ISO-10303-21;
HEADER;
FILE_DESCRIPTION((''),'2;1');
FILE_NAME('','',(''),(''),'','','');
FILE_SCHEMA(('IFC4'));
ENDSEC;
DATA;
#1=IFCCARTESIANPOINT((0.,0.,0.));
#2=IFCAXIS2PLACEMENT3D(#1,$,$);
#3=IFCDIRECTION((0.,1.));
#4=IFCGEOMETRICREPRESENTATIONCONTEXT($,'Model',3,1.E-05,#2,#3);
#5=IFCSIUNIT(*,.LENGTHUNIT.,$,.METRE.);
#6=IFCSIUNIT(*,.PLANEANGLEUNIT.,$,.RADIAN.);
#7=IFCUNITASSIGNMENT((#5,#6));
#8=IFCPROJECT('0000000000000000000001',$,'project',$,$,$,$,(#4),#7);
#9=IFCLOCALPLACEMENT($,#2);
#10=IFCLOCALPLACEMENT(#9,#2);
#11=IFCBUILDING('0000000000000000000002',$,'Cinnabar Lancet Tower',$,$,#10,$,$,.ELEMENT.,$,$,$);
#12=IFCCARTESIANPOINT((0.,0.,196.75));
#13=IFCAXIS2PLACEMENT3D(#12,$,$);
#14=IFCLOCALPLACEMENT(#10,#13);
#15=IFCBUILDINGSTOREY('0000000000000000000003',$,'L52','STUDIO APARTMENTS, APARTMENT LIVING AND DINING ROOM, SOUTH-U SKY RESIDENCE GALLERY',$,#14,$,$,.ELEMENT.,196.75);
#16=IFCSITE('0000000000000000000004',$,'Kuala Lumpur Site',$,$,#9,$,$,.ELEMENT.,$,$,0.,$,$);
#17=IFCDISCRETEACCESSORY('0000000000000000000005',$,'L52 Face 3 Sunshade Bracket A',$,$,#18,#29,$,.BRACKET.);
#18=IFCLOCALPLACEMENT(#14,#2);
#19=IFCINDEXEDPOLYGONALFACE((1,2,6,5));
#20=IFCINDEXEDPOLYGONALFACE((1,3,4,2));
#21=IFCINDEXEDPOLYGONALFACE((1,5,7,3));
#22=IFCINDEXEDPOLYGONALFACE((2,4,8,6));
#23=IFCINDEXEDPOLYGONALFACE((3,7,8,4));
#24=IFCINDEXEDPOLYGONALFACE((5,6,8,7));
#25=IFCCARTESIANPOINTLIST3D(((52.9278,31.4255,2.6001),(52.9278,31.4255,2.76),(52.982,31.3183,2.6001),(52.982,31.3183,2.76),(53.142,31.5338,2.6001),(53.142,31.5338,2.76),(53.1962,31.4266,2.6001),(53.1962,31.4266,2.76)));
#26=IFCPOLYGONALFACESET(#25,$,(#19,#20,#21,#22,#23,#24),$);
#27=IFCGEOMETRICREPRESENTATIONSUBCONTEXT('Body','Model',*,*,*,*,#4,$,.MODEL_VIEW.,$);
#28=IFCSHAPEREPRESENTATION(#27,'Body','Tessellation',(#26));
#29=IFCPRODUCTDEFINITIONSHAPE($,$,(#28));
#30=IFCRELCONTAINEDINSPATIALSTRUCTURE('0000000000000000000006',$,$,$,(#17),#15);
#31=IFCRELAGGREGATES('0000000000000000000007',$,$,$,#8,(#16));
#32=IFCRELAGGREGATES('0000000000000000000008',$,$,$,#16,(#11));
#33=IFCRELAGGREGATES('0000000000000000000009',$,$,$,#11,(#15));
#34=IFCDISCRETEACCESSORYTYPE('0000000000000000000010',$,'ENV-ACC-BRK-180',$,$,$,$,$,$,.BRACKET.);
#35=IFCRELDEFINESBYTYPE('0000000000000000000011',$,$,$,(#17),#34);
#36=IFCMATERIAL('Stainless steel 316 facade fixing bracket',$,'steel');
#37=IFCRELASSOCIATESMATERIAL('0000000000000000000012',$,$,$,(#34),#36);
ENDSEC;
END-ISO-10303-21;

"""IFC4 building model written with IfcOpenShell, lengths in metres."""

from ifc_helpers import new_model, si_unit, direction, frame, origin, origin_2d, place, context, subcontext, project, spatial, rectangle, extrude, material, type_object, element, save


model = new_model("IFC4")

# Units and contexts
model_context = context("Model", 3, precision=1e-05, world=origin(), true_north=direction((0.0, 1.0)))
body_context = subcontext(model_context, "Body", "Model", "MODEL_VIEW")
ifc_project = project(units=[si_unit("LENGTHUNIT", "METRE"), si_unit("PLANEANGLEUNIT", "RADIAN")], contexts=[model_context])

# Site, building, storey
site_placement = place(None, origin())
site = spatial("IfcSite", under=ifc_project, at=site_placement, Name="Kuala Lumpur Site", CompositionType="ELEMENT", RefElevation=0.0)
building_placement = place(site_placement, origin())
building = spatial("IfcBuilding", under=site, at=building_placement, Name="Cinnabar Lancet Tower", CompositionType="ELEMENT")
storey_placement = place(building_placement, frame((0.0, 0.0, 196.75)))
storey = spatial("IfcBuildingStorey", under=building, at=storey_placement, Name="L52", Description="STUDIO APARTMENTS, APARTMENT LIVING AND DINING ROOM, SOUTH-U SKY RESIDENCE GALLERY", CompositionType="ELEMENT", Elevation=196.75)

# Discrete accessory
ifc_material_1 = material(Name="Stainless steel 316 facade fixing bracket", Category="steel")
discrete_accessory_type = type_object("IfcDiscreteAccessoryType", Name="ENV-ACC-BRK-180", PredefinedType="BRACKET", material=ifc_material_1)
discrete_accessory_placement = place(storey_placement, frame((53.062, 31.426, 2.6001), z_axis=(0.0, 0.0, 1.0), x_axis=(-0.451407, 0.892318, 0.0)))
element("IfcDiscreteAccessory", 1, at=discrete_accessory_placement, inside=storey, type_object=discrete_accessory_type, Name="L52 Face 3 Sunshade Bracket A", PredefinedType="BRACKET", context=body_context, shape_type="SweptSolid", body=[
    extrude(rectangle(XDim=0.1201, YDim=0.24, at=origin_2d()), origin(), (0.0, 0.0, 1.0), 0.1599),
])

save(model, "model.ifc")
